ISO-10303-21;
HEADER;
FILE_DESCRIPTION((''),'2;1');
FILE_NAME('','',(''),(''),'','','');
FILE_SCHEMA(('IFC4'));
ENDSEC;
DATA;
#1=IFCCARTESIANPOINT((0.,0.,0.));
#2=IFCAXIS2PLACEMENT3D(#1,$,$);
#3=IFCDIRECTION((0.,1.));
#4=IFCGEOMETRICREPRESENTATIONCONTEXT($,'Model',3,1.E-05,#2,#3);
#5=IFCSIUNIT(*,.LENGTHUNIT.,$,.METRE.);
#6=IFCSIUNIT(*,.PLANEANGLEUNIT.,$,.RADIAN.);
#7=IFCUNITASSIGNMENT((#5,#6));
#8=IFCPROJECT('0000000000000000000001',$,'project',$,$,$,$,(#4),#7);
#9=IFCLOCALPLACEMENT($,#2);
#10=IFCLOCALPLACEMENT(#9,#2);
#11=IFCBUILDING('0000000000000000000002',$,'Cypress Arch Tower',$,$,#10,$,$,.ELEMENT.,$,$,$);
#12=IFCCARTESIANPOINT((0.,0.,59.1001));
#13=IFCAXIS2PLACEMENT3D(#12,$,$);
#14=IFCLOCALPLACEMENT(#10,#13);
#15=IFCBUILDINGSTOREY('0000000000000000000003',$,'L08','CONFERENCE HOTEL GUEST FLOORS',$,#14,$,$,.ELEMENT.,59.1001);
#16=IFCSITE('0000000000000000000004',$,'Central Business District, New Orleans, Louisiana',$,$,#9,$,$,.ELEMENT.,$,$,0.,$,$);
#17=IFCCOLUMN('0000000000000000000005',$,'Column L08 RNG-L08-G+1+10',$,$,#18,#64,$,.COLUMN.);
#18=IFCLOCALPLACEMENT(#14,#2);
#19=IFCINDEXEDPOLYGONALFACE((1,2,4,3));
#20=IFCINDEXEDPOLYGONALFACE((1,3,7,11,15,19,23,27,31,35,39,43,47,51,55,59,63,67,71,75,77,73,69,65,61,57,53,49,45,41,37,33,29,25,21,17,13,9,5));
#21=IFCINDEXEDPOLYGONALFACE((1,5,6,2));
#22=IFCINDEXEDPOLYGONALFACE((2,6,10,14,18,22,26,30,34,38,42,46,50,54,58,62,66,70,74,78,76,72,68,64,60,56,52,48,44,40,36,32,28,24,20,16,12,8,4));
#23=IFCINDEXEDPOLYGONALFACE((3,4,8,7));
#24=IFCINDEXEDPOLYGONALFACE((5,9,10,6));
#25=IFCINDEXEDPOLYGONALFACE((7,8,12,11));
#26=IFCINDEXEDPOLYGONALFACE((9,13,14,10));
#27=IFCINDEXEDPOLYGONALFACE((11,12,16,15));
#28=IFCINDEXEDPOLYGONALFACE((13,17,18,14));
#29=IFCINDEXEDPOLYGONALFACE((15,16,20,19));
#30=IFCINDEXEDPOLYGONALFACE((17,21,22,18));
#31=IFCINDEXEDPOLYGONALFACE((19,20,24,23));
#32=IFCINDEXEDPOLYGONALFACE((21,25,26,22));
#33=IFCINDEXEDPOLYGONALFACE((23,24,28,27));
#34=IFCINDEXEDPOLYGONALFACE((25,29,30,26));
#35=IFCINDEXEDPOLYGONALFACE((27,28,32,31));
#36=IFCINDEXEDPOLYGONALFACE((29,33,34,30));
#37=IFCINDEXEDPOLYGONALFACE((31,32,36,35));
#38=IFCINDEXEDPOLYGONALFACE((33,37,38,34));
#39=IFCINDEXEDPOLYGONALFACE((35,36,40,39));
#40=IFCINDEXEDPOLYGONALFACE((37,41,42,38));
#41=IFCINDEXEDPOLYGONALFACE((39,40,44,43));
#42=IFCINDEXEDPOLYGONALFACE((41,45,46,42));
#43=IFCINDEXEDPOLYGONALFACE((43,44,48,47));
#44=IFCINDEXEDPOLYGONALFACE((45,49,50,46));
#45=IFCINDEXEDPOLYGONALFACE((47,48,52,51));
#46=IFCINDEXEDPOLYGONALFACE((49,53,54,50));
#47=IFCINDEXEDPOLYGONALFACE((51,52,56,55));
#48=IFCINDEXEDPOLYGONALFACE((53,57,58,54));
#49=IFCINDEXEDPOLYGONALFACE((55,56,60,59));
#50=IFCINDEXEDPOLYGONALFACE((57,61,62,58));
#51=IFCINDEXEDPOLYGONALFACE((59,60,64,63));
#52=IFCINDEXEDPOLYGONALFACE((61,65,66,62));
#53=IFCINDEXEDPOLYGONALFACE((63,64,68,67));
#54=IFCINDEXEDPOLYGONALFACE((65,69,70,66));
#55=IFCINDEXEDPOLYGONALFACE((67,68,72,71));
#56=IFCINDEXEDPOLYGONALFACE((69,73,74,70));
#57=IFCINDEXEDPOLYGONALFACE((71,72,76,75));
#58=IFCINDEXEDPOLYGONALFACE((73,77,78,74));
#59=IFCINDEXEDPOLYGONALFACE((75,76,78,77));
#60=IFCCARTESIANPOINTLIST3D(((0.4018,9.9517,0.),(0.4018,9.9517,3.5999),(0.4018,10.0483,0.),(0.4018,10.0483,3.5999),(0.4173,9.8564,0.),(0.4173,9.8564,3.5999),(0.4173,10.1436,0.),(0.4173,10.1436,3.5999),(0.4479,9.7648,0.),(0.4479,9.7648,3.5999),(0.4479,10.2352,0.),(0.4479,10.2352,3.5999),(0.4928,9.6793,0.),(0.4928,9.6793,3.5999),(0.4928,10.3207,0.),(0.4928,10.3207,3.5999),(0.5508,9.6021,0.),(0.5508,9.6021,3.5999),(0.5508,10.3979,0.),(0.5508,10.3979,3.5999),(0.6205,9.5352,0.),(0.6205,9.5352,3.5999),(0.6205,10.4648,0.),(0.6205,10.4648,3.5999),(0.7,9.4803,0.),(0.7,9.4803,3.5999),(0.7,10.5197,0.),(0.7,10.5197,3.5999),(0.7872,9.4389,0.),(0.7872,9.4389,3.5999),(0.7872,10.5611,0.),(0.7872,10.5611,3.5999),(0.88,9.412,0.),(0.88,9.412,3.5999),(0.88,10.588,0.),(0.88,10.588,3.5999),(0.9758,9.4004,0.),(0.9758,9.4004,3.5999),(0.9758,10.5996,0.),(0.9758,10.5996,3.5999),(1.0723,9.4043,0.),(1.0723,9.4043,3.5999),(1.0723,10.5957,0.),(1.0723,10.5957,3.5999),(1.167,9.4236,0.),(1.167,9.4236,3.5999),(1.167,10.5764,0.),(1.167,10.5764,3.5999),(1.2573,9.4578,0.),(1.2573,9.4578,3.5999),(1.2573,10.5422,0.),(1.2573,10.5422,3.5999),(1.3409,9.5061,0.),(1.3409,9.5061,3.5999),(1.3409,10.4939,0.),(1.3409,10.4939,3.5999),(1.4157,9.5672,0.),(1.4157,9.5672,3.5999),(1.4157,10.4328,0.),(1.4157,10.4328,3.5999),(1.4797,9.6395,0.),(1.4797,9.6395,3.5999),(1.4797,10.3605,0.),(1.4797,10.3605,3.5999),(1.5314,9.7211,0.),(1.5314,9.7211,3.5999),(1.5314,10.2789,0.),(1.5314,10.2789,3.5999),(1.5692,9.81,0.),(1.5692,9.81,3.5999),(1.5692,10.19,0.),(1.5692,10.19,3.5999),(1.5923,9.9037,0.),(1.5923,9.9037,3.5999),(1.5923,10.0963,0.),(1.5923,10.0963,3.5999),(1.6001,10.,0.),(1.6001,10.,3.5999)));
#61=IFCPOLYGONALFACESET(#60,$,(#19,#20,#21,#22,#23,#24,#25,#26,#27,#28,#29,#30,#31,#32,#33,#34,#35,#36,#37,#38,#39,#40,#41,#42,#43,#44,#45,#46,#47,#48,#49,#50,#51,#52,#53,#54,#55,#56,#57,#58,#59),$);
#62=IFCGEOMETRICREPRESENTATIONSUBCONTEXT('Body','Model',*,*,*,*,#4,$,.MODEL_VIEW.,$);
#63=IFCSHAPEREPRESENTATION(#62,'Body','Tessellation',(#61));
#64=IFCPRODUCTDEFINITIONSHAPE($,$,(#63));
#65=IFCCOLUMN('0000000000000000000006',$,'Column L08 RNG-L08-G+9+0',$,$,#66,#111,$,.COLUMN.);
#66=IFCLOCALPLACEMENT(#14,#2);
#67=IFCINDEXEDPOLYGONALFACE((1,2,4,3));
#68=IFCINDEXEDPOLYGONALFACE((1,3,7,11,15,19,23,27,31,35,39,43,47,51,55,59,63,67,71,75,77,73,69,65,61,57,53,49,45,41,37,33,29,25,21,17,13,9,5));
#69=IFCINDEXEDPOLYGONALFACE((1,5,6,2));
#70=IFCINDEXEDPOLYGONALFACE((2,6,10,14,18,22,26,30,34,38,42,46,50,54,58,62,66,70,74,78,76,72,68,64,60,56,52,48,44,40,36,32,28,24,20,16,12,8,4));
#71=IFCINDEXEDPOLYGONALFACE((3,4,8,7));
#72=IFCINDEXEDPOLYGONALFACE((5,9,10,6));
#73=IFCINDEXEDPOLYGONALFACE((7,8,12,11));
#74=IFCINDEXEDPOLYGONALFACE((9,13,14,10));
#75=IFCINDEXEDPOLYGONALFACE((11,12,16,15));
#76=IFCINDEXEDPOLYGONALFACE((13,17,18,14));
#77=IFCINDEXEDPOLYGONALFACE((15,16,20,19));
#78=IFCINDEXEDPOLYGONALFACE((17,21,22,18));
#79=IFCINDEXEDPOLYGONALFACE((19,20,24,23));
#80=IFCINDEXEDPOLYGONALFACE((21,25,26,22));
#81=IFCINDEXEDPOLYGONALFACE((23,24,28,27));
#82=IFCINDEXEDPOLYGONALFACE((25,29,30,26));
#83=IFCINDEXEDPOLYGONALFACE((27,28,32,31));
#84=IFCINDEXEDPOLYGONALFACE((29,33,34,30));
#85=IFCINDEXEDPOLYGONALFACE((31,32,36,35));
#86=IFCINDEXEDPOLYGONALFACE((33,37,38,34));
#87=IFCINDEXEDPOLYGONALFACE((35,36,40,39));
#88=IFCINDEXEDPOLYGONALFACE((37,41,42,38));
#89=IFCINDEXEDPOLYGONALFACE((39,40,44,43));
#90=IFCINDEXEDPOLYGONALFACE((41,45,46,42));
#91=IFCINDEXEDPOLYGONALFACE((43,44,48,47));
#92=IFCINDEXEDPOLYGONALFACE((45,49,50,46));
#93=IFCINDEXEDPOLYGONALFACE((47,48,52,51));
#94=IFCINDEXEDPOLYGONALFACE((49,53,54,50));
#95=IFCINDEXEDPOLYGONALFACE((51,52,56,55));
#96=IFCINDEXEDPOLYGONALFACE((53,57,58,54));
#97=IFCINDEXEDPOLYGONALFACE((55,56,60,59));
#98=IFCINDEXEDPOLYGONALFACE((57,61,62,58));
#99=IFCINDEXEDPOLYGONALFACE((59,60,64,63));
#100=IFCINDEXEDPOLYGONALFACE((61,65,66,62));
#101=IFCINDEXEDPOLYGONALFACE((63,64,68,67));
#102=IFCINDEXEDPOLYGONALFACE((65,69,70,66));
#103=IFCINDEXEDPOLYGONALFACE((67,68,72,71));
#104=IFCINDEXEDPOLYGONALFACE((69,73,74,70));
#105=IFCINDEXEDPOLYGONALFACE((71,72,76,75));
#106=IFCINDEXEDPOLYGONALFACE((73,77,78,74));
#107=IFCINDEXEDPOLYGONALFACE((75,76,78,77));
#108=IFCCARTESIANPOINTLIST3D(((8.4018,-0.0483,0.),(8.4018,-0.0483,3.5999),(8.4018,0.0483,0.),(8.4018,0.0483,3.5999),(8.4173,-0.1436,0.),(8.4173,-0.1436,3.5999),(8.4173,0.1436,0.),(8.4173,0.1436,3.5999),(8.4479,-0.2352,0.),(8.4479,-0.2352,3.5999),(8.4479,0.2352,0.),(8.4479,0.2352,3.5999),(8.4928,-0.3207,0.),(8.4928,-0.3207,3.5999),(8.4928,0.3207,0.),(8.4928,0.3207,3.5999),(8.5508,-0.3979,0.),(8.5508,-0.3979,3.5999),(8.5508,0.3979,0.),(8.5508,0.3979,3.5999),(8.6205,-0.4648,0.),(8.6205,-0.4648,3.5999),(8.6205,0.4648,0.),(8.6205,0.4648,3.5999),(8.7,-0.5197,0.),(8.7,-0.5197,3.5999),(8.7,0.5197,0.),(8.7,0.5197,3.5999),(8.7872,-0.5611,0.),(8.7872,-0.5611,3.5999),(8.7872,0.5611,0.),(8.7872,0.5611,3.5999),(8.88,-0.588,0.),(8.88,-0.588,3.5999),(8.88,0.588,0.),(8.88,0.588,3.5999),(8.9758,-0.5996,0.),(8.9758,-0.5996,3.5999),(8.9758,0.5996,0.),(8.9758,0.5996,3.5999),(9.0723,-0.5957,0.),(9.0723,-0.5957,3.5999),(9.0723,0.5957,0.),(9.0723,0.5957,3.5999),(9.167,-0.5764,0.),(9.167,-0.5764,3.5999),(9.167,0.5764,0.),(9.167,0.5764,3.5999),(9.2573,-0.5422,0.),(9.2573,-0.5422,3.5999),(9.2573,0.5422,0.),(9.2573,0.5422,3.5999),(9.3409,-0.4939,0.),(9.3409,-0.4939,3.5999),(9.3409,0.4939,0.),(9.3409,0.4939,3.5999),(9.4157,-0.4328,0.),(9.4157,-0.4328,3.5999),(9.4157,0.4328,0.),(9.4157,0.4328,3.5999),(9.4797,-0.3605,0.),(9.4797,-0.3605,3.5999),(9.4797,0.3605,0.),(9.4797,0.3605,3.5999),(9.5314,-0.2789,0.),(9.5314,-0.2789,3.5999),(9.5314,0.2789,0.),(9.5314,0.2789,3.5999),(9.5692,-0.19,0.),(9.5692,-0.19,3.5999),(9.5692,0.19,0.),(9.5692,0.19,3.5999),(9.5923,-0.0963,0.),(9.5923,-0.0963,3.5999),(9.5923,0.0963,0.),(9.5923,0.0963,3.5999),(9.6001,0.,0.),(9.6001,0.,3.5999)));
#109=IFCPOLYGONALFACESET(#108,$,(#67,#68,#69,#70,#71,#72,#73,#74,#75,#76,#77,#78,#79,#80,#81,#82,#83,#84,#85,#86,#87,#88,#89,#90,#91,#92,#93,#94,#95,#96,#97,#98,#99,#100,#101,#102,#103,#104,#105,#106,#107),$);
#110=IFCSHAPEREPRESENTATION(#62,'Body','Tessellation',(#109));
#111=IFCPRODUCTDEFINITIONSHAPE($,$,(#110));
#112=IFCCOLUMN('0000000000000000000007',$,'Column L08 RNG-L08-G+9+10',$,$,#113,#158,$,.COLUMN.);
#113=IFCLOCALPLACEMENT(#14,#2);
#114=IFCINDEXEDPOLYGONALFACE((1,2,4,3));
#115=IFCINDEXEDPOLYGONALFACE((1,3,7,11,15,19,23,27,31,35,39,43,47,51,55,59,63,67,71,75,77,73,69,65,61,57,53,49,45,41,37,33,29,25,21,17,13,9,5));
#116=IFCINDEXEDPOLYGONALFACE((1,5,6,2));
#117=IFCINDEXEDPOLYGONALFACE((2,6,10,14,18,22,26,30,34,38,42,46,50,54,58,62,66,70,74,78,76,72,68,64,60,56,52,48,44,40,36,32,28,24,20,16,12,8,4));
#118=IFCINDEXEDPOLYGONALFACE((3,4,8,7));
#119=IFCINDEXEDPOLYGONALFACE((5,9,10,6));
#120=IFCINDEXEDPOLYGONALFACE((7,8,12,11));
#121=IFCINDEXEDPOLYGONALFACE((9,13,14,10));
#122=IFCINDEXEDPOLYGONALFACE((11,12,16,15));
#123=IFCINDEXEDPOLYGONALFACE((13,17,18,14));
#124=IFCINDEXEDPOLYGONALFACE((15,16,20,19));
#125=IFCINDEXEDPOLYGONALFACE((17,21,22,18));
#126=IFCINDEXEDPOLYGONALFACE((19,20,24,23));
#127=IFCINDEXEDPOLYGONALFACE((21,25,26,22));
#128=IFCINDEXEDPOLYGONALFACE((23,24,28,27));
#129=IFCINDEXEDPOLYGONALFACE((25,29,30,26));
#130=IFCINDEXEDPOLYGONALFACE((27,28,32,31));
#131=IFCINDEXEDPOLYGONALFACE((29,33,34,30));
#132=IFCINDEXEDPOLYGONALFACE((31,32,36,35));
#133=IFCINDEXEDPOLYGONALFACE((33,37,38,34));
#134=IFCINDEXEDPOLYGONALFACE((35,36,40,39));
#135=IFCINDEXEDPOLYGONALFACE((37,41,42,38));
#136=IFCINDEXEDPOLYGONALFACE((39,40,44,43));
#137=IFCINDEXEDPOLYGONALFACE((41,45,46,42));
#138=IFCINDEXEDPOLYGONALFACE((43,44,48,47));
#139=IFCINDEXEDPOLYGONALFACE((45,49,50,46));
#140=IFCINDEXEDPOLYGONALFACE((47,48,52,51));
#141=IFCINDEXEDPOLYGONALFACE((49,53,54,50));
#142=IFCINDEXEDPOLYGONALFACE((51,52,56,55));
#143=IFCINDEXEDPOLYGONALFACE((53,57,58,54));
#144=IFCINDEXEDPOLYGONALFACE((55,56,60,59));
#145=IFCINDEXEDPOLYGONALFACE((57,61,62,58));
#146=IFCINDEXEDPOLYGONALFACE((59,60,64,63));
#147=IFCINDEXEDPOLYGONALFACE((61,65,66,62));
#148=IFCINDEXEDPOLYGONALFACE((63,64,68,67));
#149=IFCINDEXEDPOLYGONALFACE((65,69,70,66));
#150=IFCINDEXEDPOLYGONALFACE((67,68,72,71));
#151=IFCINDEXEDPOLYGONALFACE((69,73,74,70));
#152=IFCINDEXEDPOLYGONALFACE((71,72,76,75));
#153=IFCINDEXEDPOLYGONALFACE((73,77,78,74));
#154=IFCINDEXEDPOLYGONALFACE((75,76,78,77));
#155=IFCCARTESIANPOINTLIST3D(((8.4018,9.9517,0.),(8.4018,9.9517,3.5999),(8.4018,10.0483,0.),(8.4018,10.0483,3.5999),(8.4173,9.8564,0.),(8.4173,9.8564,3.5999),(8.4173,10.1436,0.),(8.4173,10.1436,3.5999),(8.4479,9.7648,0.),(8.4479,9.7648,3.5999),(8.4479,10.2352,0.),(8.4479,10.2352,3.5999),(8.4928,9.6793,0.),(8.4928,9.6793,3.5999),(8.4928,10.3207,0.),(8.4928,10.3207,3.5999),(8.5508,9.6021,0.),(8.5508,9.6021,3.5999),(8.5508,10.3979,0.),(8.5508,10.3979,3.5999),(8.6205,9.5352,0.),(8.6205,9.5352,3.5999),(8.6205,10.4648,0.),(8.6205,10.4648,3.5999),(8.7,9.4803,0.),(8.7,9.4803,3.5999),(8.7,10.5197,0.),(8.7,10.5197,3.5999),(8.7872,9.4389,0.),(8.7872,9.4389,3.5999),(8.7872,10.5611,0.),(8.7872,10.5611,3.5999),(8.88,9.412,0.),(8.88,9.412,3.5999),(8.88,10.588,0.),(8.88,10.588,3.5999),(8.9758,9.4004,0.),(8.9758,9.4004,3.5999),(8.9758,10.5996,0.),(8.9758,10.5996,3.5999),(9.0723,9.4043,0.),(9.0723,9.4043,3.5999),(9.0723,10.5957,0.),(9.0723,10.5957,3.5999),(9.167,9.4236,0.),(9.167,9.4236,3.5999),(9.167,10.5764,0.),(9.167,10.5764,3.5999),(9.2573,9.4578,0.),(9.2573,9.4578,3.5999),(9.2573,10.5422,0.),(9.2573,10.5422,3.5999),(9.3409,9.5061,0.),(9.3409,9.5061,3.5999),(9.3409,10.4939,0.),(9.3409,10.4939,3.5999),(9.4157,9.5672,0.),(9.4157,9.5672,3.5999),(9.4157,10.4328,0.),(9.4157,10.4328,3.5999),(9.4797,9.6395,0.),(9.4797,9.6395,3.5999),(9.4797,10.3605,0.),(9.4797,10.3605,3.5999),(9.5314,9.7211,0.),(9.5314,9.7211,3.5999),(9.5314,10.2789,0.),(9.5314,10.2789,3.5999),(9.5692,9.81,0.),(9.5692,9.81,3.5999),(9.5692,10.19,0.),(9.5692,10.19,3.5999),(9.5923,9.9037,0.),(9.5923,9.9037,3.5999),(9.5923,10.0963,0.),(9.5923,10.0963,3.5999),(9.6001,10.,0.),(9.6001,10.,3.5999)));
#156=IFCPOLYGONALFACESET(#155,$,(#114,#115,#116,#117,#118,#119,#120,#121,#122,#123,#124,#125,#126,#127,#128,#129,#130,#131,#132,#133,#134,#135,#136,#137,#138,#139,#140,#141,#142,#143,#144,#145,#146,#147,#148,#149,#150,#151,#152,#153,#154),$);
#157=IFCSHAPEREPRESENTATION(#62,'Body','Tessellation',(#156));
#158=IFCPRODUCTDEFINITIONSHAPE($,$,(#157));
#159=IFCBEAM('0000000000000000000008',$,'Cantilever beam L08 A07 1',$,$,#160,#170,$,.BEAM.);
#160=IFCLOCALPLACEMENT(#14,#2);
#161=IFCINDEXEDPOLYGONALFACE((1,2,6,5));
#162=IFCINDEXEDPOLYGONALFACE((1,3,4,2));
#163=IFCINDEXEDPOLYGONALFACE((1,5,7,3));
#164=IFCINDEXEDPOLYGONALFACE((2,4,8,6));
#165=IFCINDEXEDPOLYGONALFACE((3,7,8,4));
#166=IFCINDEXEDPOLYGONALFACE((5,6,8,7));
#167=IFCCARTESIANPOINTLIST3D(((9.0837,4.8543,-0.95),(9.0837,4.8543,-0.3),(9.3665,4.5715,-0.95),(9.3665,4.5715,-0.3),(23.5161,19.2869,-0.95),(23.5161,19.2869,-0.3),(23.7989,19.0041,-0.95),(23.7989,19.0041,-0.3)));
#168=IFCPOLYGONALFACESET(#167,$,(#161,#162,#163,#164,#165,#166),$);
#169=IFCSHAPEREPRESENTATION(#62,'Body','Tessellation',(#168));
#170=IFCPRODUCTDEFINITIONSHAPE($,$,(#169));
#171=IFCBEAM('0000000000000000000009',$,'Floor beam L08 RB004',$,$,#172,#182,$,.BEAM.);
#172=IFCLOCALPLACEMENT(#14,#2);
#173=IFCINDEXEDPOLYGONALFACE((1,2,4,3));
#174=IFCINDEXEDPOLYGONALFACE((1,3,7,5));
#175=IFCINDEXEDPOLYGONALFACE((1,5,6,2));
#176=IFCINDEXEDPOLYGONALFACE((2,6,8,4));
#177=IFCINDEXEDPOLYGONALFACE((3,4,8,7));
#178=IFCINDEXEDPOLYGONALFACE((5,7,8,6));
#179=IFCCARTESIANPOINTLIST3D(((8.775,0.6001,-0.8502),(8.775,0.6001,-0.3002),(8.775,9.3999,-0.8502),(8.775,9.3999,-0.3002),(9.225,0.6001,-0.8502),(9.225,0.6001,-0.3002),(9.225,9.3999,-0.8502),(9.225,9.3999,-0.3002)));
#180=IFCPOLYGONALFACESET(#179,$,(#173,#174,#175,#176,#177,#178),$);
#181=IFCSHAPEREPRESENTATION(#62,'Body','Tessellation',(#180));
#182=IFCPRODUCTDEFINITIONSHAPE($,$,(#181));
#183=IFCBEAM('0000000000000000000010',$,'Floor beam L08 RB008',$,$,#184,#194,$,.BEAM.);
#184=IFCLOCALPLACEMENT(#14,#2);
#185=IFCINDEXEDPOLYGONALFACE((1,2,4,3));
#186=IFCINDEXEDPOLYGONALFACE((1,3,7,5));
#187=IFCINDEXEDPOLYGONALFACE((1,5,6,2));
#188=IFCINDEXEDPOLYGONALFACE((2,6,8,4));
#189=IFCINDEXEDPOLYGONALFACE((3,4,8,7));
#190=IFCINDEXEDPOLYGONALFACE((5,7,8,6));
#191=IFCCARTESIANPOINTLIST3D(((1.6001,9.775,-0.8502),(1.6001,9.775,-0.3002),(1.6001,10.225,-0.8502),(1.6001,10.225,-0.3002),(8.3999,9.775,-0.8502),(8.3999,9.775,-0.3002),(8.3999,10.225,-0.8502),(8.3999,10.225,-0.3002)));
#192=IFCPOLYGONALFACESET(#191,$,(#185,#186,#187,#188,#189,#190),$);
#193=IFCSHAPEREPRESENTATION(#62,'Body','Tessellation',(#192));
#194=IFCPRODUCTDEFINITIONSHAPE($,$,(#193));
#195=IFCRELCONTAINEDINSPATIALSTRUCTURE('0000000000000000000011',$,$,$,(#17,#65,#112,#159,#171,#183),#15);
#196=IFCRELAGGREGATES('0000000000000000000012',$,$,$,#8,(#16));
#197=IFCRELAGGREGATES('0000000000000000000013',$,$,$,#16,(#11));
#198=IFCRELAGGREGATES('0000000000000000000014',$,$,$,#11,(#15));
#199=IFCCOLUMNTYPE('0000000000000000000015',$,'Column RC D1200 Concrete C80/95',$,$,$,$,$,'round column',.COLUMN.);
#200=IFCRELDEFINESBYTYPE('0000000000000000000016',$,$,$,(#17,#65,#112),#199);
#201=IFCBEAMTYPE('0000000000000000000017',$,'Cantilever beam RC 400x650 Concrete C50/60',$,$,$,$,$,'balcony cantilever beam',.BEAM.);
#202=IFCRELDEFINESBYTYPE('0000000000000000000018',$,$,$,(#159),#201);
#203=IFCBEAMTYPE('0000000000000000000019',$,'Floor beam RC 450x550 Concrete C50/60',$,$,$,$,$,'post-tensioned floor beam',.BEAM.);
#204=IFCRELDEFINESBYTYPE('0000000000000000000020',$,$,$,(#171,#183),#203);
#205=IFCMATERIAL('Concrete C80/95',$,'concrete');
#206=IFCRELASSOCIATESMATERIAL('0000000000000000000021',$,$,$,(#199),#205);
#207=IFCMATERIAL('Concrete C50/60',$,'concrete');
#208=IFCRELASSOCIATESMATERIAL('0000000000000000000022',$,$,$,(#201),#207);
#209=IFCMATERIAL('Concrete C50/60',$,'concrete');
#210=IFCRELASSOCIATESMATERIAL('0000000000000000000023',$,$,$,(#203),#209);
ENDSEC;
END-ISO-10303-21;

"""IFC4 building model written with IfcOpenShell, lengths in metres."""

from ifc_helpers import new_model, si_unit, direction, frame, origin, origin_2d, place, context, subcontext, project, spatial, rectangle, circle, extrude, material, material_profile, profile_set, type_object, element, save


model = new_model("IFC4")

# Units and contexts
model_context = context("Model", 3, precision=1e-05, world=origin(), true_north=direction((0.0, 1.0)))
body_context = subcontext(model_context, "Body", "Model", "MODEL_VIEW")
ifc_project = project(units=[si_unit("LENGTHUNIT", "METRE"), si_unit("PLANEANGLEUNIT", "RADIAN")], contexts=[model_context])

# Site, building, storey
site_placement = place(None, origin())
site = spatial("IfcSite", under=ifc_project, at=site_placement, Name="Central Business District, New Orleans, Louisiana", CompositionType="ELEMENT", RefElevation=0.0)
building_placement = place(site_placement, origin())
building = spatial("IfcBuilding", under=site, at=building_placement, Name="Cypress Arch Tower", CompositionType="ELEMENT")
storey_placement = place(building_placement, frame((0.0, 0.0, 59.1001)))
storey = spatial("IfcBuildingStorey", under=building, at=storey_placement, Name="L08", Description="CONFERENCE HOTEL GUEST FLOORS", CompositionType="ELEMENT", Elevation=59.1001)

# Columns
ifc_material_1 = material(Name="Concrete C80/95", Category="concrete")
ifc_material_profile_1 = material_profile(ifc_material_1, circle(Radius=0.6001, at=origin_2d()), Name="RC D1200")
ifc_profile_set_1 = profile_set([ifc_material_profile_1], Name="Concrete C80/95")
column_type = type_object("IfcColumnType", Name="Column RC D1200 Concrete C80/95", ElementType="round column", PredefinedType="COLUMN", material=ifc_profile_set_1)
for number, where, z_axis, x_axis, name in (
    (1, (1.0, 10.0, 0.0), (0.0, 0.0, 1.0), (1.0, 0.0, 0.0), "Column L08 RNG-L08-G+1+10"),
    (2, (9.0, 0.0, 0.0), (0.0, 0.0, 1.0), (1.0, 0.0, 0.0), "Column L08 RNG-L08-G+9+0"),
    (3, (9.0, 10.0, 0.0), (0.0, 0.0, 1.0), (1.0, 0.0, 0.0), "Column L08 RNG-L08-G+9+10"),
):
    element("IfcColumn", number, at=place(storey_placement, frame(where, z_axis=z_axis, x_axis=x_axis)), inside=storey, type_object=column_type, Name=name, PredefinedType="COLUMN", context=body_context, shape_type="SweptSolid", body=[
        extrude(circle(Radius=0.6001, at=origin_2d()), origin(), (0.0, 0.0, 1.0), 3.5999),
    ])

# Beams
ifc_material_2 = material(Name="Concrete C50/60", Category="concrete")
ifc_material_profile_2 = material_profile(ifc_material_2, rectangle(XDim=0.3999, YDim=0.6499, at=origin_2d()), Name="RC 400x650")
ifc_profile_set_2 = profile_set([ifc_material_profile_2], Name="Concrete C50/60")
beam_type_1 = type_object("IfcBeamType", Name="Cantilever beam RC 400x650 Concrete C50/60", ElementType="balcony cantilever beam", PredefinedType="BEAM", material=ifc_profile_set_2)
beam_1_placement = place(storey_placement, frame((9.2251, 4.7129, -0.625), z_axis=(0.707101, 0.707113, 0.0), x_axis=(-0.707113, 0.707101, 0.0)))
element("IfcBeam", 4, at=beam_1_placement, inside=storey, type_object=beam_type_1, Name="Cantilever beam L08 A07 1", PredefinedType="BEAM", context=body_context, shape_type="SweptSolid", body=[
    extrude(rectangle(XDim=0.3999, YDim=0.6499, at=origin_2d()), origin(), (0.0, 0.0, 1.0), 20.4106),
])
ifc_material_3 = material(Name="Concrete C50/60", Category="concrete")
ifc_material_profile_3 = material_profile(ifc_material_3, rectangle(XDim=0.45, YDim=0.55, at=origin_2d()), Name="RC 450x550")
ifc_profile_set_3 = profile_set([ifc_material_profile_3], Name="Concrete C50/60")
beam_type_2 = type_object("IfcBeamType", Name="Floor beam RC 450x550 Concrete C50/60", ElementType="post-tensioned floor beam", PredefinedType="BEAM", material=ifc_profile_set_3)
beam_2_placement = place(storey_placement, frame((9.0, 0.6001, -0.5752), z_axis=(0.0, 1.0, 0.0), x_axis=(-1.0, 0.0, 0.0)))
element("IfcBeam", 5, at=beam_2_placement, inside=storey, type_object=beam_type_2, Name="Floor beam L08 RB004", PredefinedType="BEAM", context=body_context, shape_type="SweptSolid", body=[
    extrude(rectangle(XDim=0.45, YDim=0.55, at=origin_2d()), origin(), (0.0, 0.0, 1.0), 8.7998),
])
beam_3_placement = place(storey_placement, frame((1.6001, 10.0, -0.5752), z_axis=(1.0, 0.0, 0.0), x_axis=(0.0, 1.0, 0.0)))
element("IfcBeam", 6, at=beam_3_placement, inside=storey, type_object=beam_type_2, Name="Floor beam L08 RB008", PredefinedType="BEAM", context=body_context, shape_type="SweptSolid", body=[
    extrude(rectangle(XDim=0.45, YDim=0.55, at=origin_2d()), origin(), (0.0, 0.0, 1.0), 6.7998),
])

save(model, "model.ifc")
